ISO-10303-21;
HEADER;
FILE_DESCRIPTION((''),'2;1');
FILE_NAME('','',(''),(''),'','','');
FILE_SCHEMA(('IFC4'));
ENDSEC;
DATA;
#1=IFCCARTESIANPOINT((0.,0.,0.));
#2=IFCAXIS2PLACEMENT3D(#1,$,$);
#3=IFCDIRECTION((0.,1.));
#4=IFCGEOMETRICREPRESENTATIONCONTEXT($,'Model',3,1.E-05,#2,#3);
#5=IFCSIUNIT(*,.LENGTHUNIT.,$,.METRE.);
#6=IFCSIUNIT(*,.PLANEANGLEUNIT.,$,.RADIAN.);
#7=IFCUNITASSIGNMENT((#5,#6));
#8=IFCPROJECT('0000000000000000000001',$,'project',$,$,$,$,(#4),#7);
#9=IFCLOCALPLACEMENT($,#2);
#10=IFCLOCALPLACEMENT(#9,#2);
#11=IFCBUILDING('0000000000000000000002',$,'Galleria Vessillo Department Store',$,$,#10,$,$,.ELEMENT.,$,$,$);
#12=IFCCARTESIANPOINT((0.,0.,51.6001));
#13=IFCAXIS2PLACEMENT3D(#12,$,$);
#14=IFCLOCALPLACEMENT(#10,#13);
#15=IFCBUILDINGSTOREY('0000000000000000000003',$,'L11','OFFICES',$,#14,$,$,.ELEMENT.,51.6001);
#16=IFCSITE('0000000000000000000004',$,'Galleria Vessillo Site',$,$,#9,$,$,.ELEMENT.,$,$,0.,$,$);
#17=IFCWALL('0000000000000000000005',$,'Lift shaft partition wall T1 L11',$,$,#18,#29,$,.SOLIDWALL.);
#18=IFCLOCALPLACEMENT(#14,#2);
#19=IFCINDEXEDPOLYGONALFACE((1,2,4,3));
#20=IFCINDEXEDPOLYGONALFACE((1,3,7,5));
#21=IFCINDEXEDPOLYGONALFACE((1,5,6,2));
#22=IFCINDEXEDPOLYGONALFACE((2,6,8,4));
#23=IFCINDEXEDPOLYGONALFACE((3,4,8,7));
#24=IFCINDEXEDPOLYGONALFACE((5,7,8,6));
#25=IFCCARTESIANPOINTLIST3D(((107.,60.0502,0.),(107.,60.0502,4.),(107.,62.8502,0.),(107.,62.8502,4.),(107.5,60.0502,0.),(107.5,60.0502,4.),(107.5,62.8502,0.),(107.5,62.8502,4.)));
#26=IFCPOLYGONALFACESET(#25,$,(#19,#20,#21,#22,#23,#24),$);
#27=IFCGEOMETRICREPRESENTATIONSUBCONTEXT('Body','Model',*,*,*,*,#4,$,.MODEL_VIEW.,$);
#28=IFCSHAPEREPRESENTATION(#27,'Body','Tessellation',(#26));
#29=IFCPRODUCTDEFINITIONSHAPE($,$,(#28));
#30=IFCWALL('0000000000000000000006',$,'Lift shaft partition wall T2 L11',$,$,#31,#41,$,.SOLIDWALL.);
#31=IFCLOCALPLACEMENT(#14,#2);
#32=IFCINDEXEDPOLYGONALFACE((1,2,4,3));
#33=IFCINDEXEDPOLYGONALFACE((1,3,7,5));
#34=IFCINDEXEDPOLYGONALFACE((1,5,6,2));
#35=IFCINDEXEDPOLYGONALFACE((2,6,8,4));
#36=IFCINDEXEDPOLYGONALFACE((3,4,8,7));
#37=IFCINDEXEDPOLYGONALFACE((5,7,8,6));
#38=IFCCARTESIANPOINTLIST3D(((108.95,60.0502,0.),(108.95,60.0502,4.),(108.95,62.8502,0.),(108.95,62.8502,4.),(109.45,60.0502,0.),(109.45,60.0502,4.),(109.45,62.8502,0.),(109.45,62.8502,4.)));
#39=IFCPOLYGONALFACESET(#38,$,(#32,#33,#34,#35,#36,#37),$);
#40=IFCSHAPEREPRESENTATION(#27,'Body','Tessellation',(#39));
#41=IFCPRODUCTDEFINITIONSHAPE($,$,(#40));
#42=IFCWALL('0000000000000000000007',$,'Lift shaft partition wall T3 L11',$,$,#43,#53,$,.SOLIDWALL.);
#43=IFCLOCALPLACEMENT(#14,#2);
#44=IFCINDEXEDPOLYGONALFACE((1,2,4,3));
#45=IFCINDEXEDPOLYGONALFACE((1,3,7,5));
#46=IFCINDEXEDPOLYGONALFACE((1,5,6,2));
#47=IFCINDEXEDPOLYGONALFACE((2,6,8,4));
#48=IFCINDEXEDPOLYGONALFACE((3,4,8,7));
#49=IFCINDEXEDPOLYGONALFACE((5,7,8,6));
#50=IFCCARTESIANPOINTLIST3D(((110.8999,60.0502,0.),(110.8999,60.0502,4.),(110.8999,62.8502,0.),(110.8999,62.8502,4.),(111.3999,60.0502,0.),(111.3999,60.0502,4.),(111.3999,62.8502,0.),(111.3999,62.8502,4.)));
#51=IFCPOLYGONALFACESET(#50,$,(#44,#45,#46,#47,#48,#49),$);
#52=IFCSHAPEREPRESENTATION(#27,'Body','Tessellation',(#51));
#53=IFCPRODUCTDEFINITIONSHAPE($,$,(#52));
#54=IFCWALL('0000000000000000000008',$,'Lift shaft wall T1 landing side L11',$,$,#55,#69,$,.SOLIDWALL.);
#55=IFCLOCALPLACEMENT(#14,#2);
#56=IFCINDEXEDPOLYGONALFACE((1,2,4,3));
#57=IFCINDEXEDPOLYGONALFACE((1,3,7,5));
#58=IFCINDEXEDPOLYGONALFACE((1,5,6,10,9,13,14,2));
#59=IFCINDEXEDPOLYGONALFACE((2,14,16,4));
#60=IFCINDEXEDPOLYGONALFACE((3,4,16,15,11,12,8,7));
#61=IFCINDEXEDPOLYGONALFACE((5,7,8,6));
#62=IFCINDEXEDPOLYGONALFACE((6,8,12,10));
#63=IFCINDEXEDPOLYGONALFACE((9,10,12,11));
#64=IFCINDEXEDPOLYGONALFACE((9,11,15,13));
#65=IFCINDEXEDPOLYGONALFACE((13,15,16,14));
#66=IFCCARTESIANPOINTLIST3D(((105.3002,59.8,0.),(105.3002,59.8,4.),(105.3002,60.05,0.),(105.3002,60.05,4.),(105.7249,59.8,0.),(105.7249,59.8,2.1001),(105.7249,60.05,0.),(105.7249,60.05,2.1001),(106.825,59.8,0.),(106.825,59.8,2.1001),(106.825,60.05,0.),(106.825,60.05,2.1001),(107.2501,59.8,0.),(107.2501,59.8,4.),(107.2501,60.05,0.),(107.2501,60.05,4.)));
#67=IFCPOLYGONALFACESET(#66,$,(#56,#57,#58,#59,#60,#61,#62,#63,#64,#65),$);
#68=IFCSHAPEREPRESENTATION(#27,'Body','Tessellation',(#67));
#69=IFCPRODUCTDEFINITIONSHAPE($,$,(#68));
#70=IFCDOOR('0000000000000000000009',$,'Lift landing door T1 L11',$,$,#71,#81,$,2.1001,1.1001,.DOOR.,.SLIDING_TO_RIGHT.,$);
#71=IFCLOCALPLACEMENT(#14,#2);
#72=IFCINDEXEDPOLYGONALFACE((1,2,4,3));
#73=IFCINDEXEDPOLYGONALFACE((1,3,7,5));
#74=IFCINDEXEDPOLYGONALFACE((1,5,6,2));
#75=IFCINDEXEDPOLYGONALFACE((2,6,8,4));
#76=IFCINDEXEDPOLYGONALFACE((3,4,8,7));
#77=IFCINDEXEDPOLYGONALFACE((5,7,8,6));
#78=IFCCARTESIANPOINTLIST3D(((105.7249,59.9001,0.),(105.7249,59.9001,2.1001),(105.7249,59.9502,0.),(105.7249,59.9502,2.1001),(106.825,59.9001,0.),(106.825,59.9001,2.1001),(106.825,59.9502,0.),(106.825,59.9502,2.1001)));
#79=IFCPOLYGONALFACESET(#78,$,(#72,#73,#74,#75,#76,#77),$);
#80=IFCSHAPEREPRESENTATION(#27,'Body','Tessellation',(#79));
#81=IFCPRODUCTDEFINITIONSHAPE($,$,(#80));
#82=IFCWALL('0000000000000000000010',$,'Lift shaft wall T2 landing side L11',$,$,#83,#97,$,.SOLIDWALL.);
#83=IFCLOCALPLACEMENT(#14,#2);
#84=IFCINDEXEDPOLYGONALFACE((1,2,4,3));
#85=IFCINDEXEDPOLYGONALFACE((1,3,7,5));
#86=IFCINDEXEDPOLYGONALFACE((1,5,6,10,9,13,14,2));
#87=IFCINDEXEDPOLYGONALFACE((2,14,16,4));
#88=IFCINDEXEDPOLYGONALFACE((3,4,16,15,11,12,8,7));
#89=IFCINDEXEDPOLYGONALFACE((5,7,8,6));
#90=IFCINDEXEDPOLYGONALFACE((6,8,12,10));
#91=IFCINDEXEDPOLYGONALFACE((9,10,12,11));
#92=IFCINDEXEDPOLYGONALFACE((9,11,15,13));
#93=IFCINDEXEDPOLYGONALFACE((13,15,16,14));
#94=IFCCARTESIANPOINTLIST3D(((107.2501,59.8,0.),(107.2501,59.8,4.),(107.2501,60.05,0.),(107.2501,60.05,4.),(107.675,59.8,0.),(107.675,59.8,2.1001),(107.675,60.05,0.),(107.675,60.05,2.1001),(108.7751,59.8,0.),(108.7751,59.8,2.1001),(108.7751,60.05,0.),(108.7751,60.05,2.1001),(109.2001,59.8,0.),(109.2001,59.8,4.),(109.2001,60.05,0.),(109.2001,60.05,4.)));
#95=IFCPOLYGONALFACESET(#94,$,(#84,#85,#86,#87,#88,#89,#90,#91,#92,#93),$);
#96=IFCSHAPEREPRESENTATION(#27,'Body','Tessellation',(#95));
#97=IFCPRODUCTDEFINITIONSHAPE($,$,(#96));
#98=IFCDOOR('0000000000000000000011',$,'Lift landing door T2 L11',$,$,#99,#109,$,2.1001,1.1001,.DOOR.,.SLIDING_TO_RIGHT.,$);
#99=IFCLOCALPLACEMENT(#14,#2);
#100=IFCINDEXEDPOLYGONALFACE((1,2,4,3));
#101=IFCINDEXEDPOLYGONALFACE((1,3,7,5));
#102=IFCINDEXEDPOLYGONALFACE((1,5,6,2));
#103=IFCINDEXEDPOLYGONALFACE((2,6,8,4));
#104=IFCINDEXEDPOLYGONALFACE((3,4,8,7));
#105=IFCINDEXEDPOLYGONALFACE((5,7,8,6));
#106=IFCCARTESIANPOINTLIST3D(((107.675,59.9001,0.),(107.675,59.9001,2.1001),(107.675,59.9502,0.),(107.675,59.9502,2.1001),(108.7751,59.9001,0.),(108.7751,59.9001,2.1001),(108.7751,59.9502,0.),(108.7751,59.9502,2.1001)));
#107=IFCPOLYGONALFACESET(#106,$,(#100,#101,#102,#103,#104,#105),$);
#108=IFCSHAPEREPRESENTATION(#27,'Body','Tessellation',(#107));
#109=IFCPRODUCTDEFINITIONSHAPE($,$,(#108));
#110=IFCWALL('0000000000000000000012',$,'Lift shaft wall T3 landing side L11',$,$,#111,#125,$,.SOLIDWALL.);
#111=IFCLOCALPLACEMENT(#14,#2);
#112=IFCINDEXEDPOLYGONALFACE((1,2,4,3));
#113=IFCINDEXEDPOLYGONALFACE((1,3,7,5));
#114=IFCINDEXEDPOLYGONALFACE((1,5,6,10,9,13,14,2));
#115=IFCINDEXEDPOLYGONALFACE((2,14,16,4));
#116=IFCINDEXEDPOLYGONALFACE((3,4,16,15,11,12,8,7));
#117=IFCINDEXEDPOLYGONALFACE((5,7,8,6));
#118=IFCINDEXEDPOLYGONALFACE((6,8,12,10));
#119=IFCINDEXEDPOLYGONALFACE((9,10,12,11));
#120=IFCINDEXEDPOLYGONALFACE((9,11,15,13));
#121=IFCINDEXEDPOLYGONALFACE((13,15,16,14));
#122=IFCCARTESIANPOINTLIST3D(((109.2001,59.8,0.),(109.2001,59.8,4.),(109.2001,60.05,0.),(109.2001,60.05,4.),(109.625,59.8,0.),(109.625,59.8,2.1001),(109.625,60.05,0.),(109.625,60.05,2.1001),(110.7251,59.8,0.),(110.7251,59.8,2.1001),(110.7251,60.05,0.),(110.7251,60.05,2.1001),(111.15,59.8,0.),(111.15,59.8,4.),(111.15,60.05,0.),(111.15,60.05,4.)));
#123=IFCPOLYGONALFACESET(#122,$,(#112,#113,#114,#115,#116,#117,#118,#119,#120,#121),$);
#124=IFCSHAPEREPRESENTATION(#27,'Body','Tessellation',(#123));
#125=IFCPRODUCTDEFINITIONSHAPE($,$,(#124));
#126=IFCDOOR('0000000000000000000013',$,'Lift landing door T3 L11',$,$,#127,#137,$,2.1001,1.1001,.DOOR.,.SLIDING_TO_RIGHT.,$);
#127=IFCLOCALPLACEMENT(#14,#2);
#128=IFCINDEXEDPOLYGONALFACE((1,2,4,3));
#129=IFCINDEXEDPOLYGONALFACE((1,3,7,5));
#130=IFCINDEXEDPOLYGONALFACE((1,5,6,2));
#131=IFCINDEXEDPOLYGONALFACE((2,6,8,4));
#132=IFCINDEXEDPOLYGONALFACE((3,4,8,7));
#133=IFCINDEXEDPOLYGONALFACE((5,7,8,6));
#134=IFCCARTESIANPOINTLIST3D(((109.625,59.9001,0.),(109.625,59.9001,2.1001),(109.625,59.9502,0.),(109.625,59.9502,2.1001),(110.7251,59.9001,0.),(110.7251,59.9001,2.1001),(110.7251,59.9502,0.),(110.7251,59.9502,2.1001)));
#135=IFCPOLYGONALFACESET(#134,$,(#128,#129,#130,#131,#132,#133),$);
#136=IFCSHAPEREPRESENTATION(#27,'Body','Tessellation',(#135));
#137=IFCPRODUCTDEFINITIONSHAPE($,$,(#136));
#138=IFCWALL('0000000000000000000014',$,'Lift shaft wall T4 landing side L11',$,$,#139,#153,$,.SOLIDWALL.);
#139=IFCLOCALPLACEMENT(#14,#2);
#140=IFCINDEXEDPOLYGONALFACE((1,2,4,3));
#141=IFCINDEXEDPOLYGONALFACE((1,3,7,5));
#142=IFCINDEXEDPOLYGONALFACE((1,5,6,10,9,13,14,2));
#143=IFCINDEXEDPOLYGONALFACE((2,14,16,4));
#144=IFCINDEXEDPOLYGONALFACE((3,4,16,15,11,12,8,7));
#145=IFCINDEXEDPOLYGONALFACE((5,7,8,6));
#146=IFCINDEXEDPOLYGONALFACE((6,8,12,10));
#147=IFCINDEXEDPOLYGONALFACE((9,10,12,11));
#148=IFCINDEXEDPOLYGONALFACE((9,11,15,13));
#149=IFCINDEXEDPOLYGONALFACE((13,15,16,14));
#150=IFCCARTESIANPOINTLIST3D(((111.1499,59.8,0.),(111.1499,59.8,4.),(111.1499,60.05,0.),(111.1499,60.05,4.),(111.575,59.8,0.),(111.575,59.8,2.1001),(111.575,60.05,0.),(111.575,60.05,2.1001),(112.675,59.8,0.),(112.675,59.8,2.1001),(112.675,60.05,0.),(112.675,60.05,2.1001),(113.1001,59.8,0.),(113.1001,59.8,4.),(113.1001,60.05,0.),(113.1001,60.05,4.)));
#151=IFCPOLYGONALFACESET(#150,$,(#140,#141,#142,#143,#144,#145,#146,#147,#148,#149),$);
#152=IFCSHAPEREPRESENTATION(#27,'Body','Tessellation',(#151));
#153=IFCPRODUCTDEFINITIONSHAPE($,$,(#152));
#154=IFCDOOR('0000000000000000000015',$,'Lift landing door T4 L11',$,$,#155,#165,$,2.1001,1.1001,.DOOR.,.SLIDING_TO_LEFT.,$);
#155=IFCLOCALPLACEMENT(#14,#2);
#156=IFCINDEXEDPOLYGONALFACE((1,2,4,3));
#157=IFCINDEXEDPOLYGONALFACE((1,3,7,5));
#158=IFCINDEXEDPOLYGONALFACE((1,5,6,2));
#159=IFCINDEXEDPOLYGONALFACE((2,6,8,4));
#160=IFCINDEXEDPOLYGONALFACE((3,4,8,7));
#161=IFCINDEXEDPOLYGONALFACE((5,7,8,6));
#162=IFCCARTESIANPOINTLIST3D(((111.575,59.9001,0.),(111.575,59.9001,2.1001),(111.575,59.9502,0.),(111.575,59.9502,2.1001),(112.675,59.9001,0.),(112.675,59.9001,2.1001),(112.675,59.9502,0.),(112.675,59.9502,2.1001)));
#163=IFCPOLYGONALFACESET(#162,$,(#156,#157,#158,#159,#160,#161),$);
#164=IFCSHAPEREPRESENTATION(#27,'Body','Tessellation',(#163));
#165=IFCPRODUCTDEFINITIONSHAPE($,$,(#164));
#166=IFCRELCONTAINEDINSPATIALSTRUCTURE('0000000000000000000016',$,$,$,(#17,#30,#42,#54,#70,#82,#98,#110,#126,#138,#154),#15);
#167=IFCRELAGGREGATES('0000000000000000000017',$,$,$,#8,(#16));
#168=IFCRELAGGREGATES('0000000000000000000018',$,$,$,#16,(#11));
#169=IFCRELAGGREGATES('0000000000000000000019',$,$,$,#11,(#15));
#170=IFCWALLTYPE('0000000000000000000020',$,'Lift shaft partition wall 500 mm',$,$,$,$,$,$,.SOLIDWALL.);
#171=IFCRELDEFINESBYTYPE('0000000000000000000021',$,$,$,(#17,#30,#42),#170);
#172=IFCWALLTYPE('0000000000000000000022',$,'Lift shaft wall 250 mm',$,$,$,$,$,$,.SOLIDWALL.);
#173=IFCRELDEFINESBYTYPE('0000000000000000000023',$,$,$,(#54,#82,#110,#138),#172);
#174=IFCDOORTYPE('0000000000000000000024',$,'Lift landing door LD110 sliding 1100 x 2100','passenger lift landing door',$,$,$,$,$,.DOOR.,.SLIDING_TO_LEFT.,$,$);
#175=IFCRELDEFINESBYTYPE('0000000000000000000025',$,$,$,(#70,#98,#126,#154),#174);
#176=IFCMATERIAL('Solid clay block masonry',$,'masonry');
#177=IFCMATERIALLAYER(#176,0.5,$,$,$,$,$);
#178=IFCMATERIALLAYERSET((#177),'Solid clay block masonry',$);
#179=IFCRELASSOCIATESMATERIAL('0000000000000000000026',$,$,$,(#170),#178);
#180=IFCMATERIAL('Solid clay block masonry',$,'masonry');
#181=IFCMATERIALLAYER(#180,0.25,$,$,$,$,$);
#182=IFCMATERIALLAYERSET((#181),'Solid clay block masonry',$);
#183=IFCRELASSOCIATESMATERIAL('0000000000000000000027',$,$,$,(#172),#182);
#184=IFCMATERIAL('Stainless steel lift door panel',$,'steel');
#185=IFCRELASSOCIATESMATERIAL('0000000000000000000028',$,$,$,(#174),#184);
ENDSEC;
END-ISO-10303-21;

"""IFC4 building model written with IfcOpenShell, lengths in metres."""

from ifc_helpers import new_model, si_unit, direction, frame, frame_2d, origin, place, context, subcontext, project, spatial, rectangle, extrude, material, layer, layer_set, type_object, element, fill, save


model = new_model("IFC4")

# Units and contexts
model_context = context("Model", 3, precision=1e-05, world=origin(), true_north=direction((0.0, 1.0)))
body_context = subcontext(model_context, "Body", "Model", "MODEL_VIEW")
ifc_project = project(units=[si_unit("LENGTHUNIT", "METRE"), si_unit("PLANEANGLEUNIT", "RADIAN")], contexts=[model_context])

# Site, building, storey
site_placement = place(None, origin())
site = spatial("IfcSite", under=ifc_project, at=site_placement, Name="Galleria Vessillo Site", CompositionType="ELEMENT", RefElevation=0.0)
building_placement = place(site_placement, origin())
building = spatial("IfcBuilding", under=site, at=building_placement, Name="Galleria Vessillo Department Store", CompositionType="ELEMENT")
storey_placement = place(building_placement, frame((0.0, 0.0, 51.6001)))
storey = spatial("IfcBuildingStorey", under=building, at=storey_placement, Name="L11", Description="OFFICES", CompositionType="ELEMENT", Elevation=51.6001)

# Walls
ifc_material_1 = material(Name="Solid clay block masonry", Category="masonry")
ifc_layer_1 = layer(ifc_material_1, 0.5)
ifc_layer_set_1 = layer_set([ifc_layer_1], Name="Solid clay block masonry")
wall_type_1 = type_object("IfcWallType", Name="Lift shaft partition wall 500 mm", PredefinedType="SOLIDWALL", material=ifc_layer_set_1)
for number, where, z_axis, x_axis, name in (
    (1, (107.25, 62.8501, 0.0), (0.0, 0.0, 1.0), (0.0, -1.0, 0.0), "Lift shaft partition wall T1 L11"),
    (2, (109.2, 62.8501, 0.0), (0.0, 0.0, 1.0), (0.0, -1.0, 0.0), "Lift shaft partition wall T2 L11"),
    (3, (111.1499, 62.8501, 0.0), (0.0, 0.0, 1.0), (0.0, -1.0, 0.0), "Lift shaft partition wall T3 L11"),
):
    element("IfcWall", number, at=place(storey_placement, frame(where, z_axis=z_axis, x_axis=x_axis)), inside=storey, type_object=wall_type_1, Name=name, PredefinedType="SOLIDWALL", context=body_context, shape_type="SweptSolid", body=[
        extrude(rectangle(XDim=2.8, YDim=0.5, at=frame_2d((1.3999, 0.0))), origin(), (0.0, 0.0, 1.0), 4.0),
    ])

# Walls, openings, doors
ifc_material_2 = material(Name="Solid clay block masonry", Category="masonry")
ifc_layer_2 = layer(ifc_material_2, 0.25)
ifc_layer_set_2 = layer_set([ifc_layer_2], Name="Solid clay block masonry")
wall_type_2 = type_object("IfcWallType", Name="Lift shaft wall 250 mm", PredefinedType="SOLIDWALL", material=ifc_layer_set_2)
wall_1_placement = place(storey_placement, frame((105.3, 59.925, 0.0), z_axis=(0.0, 0.0, 1.0), x_axis=(1.0, 0.0, 0.0)))
wall_1 = element("IfcWall", 4, at=wall_1_placement, inside=storey, type_object=wall_type_2, Name="Lift shaft wall T1 landing side L11", PredefinedType="SOLIDWALL", context=body_context, shape_type="SweptSolid", body=[
    extrude(rectangle(XDim=1.95, YDim=0.25, at=frame_2d((0.9751, 0.0))), origin(), (0.0, 0.0, 1.0), 4.0),
])
opening_1_placement = place(wall_1_placement, frame((0.4248, 0.0, 0.0)))
opening_1 = element("IfcOpeningElement", 5, at=opening_1_placement, cuts=wall_1, PredefinedType="OPENING", context=body_context, shape_type="SweptSolid", body=[
    extrude(rectangle(XDim=1.1001, YDim=2.1001, at=frame_2d((0.55, 1.05))), frame((0.0, 0.135, 0.0), z_axis=(0.0, -1.0, 0.0), x_axis=(1.0, 0.0, 0.0)), (0.0, 0.0, 1.0), 0.27),
])
ifc_material_3 = material(Name="Stainless steel lift door panel", Category="steel")
door_type_1 = type_object("IfcDoorType", Name="Lift landing door LD110 sliding 1100 x 2100", Description="passenger lift landing door", OperationType="SLIDING_TO_LEFT", PredefinedType="DOOR", material=ifc_material_3)
door_1_placement = place(opening_1_placement, frame((1.1001, 0.0, 0.0), z_axis=(0.0, 0.0, 1.0), x_axis=(-1.0, 0.0, 0.0)))
door_1 = element("IfcDoor", 6, at=door_1_placement, inside=storey, type_object=door_type_1, Name="Lift landing door T1 L11", OperationType="SLIDING_TO_RIGHT", OverallHeight=2.1001, OverallWidth=1.1001, PredefinedType="DOOR", context=body_context, shape_type="SweptSolid", body=[
    extrude(rectangle(XDim=1.1001, YDim=2.1001, at=frame_2d((0.55, 1.05))), frame((0.0, 0.0249, 0.0), z_axis=(0.0, -1.0, 0.0), x_axis=(1.0, 0.0, 0.0)), (0.0, 0.0, 1.0), 0.05),
])
fill(opening_1, door_1)
wall_2_placement = place(storey_placement, frame((107.25, 59.925, 0.0), z_axis=(0.0, 0.0, 1.0), x_axis=(1.0, 0.0, 0.0)))
wall_2 = element("IfcWall", 7, at=wall_2_placement, inside=storey, type_object=wall_type_2, Name="Lift shaft wall T2 landing side L11", PredefinedType="SOLIDWALL", context=body_context, shape_type="SweptSolid", body=[
    extrude(rectangle(XDim=1.95, YDim=0.25, at=frame_2d((0.9751, 0.0))), origin(), (0.0, 0.0, 1.0), 4.0),
])
opening_2_placement = place(wall_2_placement, frame((0.425, 0.0, 0.0)))
opening_2 = element("IfcOpeningElement", 8, at=opening_2_placement, cuts=wall_2, PredefinedType="OPENING", context=body_context, shape_type="SweptSolid", body=[
    extrude(rectangle(XDim=1.1001, YDim=2.1001, at=frame_2d((0.55, 1.05))), frame((0.0, 0.135, 0.0), z_axis=(0.0, -1.0, 0.0), x_axis=(1.0, 0.0, 0.0)), (0.0, 0.0, 1.0), 0.27),
])
door_2_placement = place(opening_2_placement, frame((1.1001, 0.0, 0.0), z_axis=(0.0, 0.0, 1.0), x_axis=(-1.0, 0.0, 0.0)))
door_2 = element("IfcDoor", 9, at=door_2_placement, inside=storey, type_object=door_type_1, Name="Lift landing door T2 L11", OperationType="SLIDING_TO_RIGHT", OverallHeight=2.1001, OverallWidth=1.1001, PredefinedType="DOOR", context=body_context, shape_type="SweptSolid", body=[
    extrude(rectangle(XDim=1.1001, YDim=2.1001, at=frame_2d((0.55, 1.05))), frame((0.0, 0.0249, 0.0), z_axis=(0.0, -1.0, 0.0), x_axis=(1.0, 0.0, 0.0)), (0.0, 0.0, 1.0), 0.05),
])
fill(opening_2, door_2)
wall_3_placement = place(storey_placement, frame((109.2, 59.925, 0.0), z_axis=(0.0, 0.0, 1.0), x_axis=(1.0, 0.0, 0.0)))
wall_3 = element("IfcWall", 10, at=wall_3_placement, inside=storey, type_object=wall_type_2, Name="Lift shaft wall T3 landing side L11", PredefinedType="SOLIDWALL", context=body_context, shape_type="SweptSolid", body=[
    extrude(rectangle(XDim=1.95, YDim=0.25, at=frame_2d((0.9751, 0.0))), origin(), (0.0, 0.0, 1.0), 4.0),
])
opening_3_placement = place(wall_3_placement, frame((0.425, 0.0, 0.0)))
opening_3 = element("IfcOpeningElement", 11, at=opening_3_placement, cuts=wall_3, PredefinedType="OPENING", context=body_context, shape_type="SweptSolid", body=[
    extrude(rectangle(XDim=1.1001, YDim=2.1001, at=frame_2d((0.55, 1.05))), frame((0.0, 0.135, 0.0), z_axis=(0.0, -1.0, 0.0), x_axis=(1.0, 0.0, 0.0)), (0.0, 0.0, 1.0), 0.27),
])
door_3_placement = place(opening_3_placement, frame((1.1001, 0.0, 0.0), z_axis=(0.0, 0.0, 1.0), x_axis=(-1.0, 0.0, 0.0)))
door_3 = element("IfcDoor", 12, at=door_3_placement, inside=storey, type_object=door_type_1, Name="Lift landing door T3 L11", OperationType="SLIDING_TO_RIGHT", OverallHeight=2.1001, OverallWidth=1.1001, PredefinedType="DOOR", context=body_context, shape_type="SweptSolid", body=[
    extrude(rectangle(XDim=1.1001, YDim=2.1001, at=frame_2d((0.55, 1.05))), frame((0.0, 0.0249, 0.0), z_axis=(0.0, -1.0, 0.0), x_axis=(1.0, 0.0, 0.0)), (0.0, 0.0, 1.0), 0.05),
])
fill(opening_3, door_3)
wall_4_placement = place(storey_placement, frame((111.1499, 59.925, 0.0), z_axis=(0.0, 0.0, 1.0), x_axis=(1.0, 0.0, 0.0)))
wall_4 = element("IfcWall", 13, at=wall_4_placement, inside=storey, type_object=wall_type_2, Name="Lift shaft wall T4 landing side L11", PredefinedType="SOLIDWALL", context=body_context, shape_type="SweptSolid", body=[
    extrude(rectangle(XDim=1.9502, YDim=0.25, at=frame_2d((0.9751, 0.0))), origin(), (0.0, 0.0, 1.0), 4.0),
])
opening_4_placement = place(wall_4_placement, frame((0.425, 0.0, 0.0)))
opening_4 = element("IfcOpeningElement", 14, at=opening_4_placement, cuts=wall_4, PredefinedType="OPENING", context=body_context, shape_type="SweptSolid", body=[
    extrude(rectangle(XDim=1.1001, YDim=2.1001, at=frame_2d((0.55, 1.05))), frame((0.0, 0.135, 0.0), z_axis=(0.0, -1.0, 0.0), x_axis=(1.0, 0.0, 0.0)), (0.0, 0.0, 1.0), 0.27),
])
door_4_placement = place(opening_4_placement, frame((1.1001, 0.0, 0.0), z_axis=(0.0, 0.0, 1.0), x_axis=(-1.0, 0.0, 0.0)))
door_4 = element("IfcDoor", 15, at=door_4_placement, inside=storey, type_object=door_type_1, Name="Lift landing door T4 L11", OperationType="SLIDING_TO_LEFT", OverallHeight=2.1001, OverallWidth=1.1001, PredefinedType="DOOR", context=body_context, shape_type="SweptSolid", body=[
    extrude(rectangle(XDim=1.1001, YDim=2.1001, at=frame_2d((0.55, 1.05))), frame((0.0, 0.0249, 0.0), z_axis=(0.0, -1.0, 0.0), x_axis=(1.0, 0.0, 0.0)), (0.0, 0.0, 1.0), 0.05),
])
fill(opening_4, door_4)

save(model, "model.ifc")
